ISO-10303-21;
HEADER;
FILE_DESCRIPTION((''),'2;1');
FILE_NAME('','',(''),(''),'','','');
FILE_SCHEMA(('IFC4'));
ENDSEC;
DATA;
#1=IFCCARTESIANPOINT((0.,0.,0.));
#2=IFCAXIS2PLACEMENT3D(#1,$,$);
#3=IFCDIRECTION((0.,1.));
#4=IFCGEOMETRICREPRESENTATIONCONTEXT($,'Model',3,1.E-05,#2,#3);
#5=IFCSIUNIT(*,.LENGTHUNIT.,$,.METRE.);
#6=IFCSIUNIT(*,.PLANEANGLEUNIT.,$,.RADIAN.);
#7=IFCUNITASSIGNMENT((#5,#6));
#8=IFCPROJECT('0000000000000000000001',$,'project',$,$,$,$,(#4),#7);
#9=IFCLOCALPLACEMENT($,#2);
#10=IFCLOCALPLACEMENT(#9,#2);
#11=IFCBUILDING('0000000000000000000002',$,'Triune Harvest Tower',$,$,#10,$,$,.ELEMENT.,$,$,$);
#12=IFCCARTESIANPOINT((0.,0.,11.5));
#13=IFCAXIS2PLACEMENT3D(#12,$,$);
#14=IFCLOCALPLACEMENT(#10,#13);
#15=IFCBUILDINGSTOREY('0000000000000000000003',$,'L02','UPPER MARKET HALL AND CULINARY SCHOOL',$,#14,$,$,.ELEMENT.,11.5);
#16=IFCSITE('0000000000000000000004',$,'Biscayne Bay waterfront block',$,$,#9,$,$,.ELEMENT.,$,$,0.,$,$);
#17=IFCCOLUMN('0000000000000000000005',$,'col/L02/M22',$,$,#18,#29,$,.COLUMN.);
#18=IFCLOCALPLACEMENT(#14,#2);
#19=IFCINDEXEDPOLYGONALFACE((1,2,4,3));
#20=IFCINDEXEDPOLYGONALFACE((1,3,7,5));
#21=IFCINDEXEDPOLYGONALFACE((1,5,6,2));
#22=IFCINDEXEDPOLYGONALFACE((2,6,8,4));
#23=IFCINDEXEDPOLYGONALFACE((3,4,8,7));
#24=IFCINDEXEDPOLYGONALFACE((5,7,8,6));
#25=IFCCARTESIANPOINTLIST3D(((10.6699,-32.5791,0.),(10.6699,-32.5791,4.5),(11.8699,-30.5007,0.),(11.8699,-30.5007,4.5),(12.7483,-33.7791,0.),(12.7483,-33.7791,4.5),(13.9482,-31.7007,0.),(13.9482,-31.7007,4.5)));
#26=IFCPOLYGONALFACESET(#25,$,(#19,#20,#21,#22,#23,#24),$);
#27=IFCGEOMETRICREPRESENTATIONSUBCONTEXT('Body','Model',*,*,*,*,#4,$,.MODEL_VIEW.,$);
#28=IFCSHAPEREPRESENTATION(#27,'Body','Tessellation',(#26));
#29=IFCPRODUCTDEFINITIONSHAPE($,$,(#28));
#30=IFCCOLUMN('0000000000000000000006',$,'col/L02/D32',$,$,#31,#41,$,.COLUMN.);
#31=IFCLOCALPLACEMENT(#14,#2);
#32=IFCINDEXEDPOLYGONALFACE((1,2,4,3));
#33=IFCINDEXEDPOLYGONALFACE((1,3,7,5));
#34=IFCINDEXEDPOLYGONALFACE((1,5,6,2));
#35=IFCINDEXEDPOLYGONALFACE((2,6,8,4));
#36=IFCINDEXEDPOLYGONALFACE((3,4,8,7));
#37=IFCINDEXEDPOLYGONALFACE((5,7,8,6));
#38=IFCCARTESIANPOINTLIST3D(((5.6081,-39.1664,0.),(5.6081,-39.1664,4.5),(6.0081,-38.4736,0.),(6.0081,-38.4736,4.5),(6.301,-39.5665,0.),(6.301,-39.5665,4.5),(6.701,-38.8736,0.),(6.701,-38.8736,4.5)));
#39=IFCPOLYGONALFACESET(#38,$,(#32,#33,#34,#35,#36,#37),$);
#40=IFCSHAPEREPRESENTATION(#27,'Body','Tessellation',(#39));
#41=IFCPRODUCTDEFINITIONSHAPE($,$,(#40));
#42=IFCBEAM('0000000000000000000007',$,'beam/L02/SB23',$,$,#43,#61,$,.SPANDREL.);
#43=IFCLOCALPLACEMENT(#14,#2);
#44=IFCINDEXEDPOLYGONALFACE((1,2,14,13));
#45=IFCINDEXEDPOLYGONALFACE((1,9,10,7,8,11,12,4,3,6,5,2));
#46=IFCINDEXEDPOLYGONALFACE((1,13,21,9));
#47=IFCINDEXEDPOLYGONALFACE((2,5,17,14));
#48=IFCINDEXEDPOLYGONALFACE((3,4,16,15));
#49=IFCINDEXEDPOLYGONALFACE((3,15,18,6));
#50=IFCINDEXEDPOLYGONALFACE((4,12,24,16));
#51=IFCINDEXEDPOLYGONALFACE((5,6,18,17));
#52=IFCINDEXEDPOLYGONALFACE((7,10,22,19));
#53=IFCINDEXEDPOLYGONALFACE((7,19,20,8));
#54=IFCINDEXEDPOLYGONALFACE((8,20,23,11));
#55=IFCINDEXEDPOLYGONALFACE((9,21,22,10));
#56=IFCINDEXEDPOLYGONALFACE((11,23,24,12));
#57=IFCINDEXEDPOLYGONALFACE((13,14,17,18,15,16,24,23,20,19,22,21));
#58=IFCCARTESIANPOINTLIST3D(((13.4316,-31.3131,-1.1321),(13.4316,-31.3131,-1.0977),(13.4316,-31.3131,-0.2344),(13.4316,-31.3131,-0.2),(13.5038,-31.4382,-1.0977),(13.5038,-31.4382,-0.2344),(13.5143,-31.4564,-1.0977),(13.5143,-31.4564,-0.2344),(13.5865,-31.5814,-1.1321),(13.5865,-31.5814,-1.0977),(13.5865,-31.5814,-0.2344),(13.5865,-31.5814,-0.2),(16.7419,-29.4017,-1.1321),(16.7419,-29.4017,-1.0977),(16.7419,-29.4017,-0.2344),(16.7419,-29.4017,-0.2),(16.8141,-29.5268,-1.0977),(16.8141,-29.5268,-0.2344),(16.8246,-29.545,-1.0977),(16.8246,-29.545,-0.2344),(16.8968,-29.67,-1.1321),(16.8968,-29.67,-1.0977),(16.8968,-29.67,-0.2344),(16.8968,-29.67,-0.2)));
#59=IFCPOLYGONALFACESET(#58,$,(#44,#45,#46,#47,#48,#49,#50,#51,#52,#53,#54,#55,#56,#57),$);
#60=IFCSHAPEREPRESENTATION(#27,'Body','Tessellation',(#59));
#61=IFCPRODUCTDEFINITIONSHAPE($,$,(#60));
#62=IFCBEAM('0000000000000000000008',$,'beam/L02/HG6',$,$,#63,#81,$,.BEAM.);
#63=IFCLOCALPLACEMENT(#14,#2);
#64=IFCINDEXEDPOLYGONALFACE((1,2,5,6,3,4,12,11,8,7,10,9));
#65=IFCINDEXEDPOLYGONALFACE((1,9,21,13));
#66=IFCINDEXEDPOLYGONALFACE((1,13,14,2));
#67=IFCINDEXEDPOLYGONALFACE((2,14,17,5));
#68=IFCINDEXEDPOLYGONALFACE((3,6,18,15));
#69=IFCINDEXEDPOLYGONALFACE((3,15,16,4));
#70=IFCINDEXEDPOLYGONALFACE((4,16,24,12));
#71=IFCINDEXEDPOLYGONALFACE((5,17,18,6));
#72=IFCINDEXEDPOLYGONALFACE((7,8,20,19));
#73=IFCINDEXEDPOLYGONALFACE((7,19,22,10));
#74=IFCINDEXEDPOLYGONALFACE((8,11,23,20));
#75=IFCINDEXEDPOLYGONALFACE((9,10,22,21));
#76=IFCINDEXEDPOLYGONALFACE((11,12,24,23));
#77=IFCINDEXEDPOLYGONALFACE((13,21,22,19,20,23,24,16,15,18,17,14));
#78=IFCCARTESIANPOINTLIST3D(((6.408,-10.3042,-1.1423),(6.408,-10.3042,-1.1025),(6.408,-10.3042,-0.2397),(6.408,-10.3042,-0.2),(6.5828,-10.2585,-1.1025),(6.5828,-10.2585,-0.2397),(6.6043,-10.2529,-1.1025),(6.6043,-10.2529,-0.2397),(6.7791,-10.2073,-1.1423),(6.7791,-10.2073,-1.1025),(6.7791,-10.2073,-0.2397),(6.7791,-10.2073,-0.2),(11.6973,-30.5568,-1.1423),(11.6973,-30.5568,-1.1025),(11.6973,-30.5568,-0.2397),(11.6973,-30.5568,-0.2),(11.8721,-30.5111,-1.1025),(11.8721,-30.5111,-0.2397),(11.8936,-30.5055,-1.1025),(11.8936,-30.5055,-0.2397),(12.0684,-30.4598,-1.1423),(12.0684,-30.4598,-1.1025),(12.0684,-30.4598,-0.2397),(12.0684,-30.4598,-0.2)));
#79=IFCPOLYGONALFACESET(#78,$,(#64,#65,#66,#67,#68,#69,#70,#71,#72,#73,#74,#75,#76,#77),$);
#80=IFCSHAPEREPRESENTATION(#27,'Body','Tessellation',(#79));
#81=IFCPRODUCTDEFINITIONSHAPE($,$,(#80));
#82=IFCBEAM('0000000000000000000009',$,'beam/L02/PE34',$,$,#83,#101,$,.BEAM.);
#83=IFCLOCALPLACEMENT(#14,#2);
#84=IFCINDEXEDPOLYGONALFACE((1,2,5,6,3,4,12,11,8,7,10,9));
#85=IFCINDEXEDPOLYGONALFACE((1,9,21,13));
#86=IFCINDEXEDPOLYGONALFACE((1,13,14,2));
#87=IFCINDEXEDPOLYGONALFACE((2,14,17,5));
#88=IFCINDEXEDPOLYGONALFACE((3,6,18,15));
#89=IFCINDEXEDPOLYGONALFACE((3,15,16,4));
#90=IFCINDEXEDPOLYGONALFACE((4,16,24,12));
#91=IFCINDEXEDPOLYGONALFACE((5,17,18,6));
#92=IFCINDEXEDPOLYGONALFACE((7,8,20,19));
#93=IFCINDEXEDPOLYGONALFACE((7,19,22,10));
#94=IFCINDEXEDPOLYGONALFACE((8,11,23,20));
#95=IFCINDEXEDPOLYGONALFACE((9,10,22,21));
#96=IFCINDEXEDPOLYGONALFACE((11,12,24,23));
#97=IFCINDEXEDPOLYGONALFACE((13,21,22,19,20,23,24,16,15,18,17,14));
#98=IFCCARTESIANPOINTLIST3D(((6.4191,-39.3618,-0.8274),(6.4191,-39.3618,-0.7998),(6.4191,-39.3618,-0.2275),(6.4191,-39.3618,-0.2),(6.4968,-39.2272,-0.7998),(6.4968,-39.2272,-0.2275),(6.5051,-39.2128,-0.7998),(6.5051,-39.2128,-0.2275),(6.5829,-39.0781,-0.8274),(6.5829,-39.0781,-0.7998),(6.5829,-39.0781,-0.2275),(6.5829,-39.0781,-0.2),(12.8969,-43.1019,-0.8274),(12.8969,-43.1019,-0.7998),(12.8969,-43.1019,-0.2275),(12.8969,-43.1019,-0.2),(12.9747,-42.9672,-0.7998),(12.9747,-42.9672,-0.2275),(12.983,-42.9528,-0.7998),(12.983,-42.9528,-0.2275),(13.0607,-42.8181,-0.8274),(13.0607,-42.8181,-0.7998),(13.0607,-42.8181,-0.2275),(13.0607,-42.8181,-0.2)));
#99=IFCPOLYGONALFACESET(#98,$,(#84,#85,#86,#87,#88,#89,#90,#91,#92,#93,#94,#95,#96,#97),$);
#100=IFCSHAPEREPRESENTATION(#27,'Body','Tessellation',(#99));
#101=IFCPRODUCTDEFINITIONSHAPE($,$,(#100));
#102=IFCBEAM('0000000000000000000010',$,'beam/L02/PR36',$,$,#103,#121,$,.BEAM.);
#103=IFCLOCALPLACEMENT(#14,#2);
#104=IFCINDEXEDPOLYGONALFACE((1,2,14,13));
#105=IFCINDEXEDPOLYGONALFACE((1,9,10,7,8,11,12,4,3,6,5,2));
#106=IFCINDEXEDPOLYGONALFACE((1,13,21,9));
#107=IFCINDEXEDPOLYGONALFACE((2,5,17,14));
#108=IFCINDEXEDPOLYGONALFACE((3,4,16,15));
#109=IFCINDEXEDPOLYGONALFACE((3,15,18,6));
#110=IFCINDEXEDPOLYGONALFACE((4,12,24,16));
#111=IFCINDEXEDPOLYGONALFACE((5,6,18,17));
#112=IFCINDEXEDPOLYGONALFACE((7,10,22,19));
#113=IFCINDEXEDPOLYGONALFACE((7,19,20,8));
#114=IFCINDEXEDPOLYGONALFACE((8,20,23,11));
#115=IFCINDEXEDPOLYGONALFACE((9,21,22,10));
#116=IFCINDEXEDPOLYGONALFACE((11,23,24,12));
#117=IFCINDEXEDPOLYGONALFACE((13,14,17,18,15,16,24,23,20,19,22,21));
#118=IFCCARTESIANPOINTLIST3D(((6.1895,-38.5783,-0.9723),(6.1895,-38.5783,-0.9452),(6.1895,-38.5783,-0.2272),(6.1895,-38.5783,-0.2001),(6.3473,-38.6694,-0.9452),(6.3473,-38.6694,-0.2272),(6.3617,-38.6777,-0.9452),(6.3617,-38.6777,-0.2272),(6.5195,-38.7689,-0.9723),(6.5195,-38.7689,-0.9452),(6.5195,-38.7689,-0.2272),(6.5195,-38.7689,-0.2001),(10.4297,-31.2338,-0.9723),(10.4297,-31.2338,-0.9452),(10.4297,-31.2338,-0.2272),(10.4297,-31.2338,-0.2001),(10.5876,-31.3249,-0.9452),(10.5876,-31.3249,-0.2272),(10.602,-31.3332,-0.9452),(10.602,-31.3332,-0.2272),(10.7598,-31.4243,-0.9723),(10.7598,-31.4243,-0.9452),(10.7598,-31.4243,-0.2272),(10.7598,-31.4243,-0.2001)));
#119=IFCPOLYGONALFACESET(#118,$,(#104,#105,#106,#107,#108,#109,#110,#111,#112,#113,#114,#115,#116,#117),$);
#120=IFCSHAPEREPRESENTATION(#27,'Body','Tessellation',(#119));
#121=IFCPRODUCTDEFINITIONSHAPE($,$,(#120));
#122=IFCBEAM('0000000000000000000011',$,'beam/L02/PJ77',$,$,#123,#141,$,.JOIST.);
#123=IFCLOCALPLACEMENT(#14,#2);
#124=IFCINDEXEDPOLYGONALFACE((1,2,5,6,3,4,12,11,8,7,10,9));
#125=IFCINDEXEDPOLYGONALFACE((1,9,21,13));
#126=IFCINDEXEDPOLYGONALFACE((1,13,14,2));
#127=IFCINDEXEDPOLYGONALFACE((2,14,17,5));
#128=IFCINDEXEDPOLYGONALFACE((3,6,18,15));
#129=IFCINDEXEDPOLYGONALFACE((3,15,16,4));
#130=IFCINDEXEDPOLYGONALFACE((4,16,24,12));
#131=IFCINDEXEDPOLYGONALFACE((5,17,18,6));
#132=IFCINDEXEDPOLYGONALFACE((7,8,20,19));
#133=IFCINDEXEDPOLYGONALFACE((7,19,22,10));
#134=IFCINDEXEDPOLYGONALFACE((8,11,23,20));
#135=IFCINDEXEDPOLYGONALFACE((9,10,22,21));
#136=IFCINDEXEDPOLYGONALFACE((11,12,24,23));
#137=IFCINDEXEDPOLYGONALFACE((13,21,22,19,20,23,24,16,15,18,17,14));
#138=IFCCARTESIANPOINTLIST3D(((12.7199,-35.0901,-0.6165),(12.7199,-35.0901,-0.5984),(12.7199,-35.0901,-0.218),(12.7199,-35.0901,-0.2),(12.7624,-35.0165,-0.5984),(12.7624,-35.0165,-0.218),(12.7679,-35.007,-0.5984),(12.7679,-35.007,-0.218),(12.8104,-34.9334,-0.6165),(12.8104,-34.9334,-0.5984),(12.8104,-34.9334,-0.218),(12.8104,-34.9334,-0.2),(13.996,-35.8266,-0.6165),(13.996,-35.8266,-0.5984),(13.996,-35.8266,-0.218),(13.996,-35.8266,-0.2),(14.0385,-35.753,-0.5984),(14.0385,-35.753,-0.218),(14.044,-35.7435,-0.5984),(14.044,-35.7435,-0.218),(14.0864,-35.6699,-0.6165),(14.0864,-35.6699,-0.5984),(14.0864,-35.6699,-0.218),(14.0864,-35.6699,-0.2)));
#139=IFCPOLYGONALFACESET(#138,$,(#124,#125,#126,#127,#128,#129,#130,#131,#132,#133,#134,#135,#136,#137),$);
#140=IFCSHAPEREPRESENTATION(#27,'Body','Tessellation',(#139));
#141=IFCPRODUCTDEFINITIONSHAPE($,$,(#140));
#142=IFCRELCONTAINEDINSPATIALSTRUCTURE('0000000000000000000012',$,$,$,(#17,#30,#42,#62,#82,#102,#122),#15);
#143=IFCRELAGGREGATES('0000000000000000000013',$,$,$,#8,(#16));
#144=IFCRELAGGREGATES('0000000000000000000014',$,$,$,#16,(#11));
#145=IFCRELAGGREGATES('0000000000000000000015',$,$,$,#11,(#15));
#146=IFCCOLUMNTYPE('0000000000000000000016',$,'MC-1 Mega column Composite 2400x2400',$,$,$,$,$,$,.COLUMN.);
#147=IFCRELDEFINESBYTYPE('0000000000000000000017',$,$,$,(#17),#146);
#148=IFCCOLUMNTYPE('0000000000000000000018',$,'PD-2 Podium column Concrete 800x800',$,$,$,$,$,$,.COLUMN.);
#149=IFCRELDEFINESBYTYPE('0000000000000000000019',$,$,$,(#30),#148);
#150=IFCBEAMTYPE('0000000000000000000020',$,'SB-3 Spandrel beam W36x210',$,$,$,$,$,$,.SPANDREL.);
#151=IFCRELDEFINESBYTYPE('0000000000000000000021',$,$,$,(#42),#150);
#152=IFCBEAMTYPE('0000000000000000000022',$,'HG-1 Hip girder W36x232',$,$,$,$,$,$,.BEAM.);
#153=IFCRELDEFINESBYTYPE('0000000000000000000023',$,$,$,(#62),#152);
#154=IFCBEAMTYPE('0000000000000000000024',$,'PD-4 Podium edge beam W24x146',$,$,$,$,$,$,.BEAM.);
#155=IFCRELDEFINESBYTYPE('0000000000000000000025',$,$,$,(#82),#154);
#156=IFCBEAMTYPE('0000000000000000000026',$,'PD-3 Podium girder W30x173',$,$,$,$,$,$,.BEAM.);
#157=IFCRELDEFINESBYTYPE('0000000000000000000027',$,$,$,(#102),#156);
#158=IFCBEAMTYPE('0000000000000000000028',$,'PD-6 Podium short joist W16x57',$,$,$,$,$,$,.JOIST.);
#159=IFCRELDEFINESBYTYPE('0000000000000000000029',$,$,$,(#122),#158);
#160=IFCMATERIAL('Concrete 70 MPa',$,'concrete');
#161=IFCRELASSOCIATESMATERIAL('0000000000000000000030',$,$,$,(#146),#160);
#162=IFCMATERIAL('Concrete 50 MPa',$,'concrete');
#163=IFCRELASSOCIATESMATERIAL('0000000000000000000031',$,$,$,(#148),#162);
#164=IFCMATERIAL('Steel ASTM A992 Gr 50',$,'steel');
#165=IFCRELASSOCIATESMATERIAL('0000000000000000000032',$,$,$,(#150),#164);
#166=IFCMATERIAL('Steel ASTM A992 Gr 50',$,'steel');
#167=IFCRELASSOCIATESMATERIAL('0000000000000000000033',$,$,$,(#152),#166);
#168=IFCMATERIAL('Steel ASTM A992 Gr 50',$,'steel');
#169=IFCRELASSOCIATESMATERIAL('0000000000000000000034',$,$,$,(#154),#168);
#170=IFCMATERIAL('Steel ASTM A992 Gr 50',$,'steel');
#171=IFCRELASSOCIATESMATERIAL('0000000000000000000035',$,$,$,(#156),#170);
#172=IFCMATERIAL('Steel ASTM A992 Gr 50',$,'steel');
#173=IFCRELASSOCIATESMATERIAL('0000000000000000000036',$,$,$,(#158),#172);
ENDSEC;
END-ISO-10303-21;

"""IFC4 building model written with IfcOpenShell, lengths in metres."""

from ifc_helpers import new_model, si_unit, direction, frame, origin, origin_2d, place, context, subcontext, project, spatial, rectangle, i_section, extrude, source, transform, mapped, material, material_profile, profile_set, type_object, element, save


model = new_model("IFC4")

# Units and contexts
model_context = context("Model", 3, precision=1e-05, world=origin(), true_north=direction((0.0, 1.0)))
body_context = subcontext(model_context, "Body", "Model", "MODEL_VIEW")
ifc_project = project(units=[si_unit("LENGTHUNIT", "METRE"), si_unit("PLANEANGLEUNIT", "RADIAN")], contexts=[model_context])

# Site, building, storey
site_placement = place(None, origin())
site = spatial("IfcSite", under=ifc_project, at=site_placement, Name="Biscayne Bay waterfront block", CompositionType="ELEMENT", RefElevation=0.0)
building_placement = place(site_placement, origin())
building = spatial("IfcBuilding", under=site, at=building_placement, Name="Triune Harvest Tower", CompositionType="ELEMENT")
storey_placement = place(building_placement, frame((0.0, 0.0, 11.5)))
storey = spatial("IfcBuildingStorey", under=building, at=storey_placement, Name="L02", Description="UPPER MARKET HALL AND CULINARY SCHOOL", CompositionType="ELEMENT", Elevation=11.5)

# Columns
ifc_material_1 = material(Name="Concrete 70 MPa", Category="concrete")
ifc_material_profile_1 = material_profile(ifc_material_1, rectangle(XDim=2.3999, YDim=2.3999, at=origin_2d()), Name="Composite 2400x2400")
ifc_profile_set_1 = profile_set([ifc_material_profile_1], Name="Concrete 70 MPa")
column_type_1 = type_object("IfcColumnType", Name="MC-1 Mega column Composite 2400x2400", PredefinedType="COLUMN", material=ifc_profile_set_1)
shared_shape_1 = source(origin(), body_context, "Body", "SweptSolid", [
    extrude(rectangle(XDim=2.3999, YDim=2.3999, at=origin_2d()), origin(), (0.0, 0.0, 1.0), 4.5),
])
column_1_placement = place(storey_placement, frame((12.3091, -32.1399, 0.0), z_axis=(0.0, 0.0, 1.0), x_axis=(0.866025, -0.5, 0.0)))
element("IfcColumn", 1, at=column_1_placement, inside=storey, type_object=column_type_1, Name="col/L02/M22", PredefinedType="COLUMN", context=body_context, shape_type="MappedRepresentation", body=[
    mapped(shared_shape_1, transform((0.0, 0.0, 0.0), scale=1.0)),
])
ifc_material_2 = material(Name="Concrete 50 MPa", Category="concrete")
ifc_material_profile_2 = material_profile(ifc_material_2, rectangle(XDim=0.8, YDim=0.8, at=origin_2d()), Name="Concrete 800x800")
ifc_profile_set_2 = profile_set([ifc_material_profile_2], Name="Concrete 50 MPa")
column_type_2 = type_object("IfcColumnType", Name="PD-2 Podium column Concrete 800x800", PredefinedType="COLUMN", material=ifc_profile_set_2)
shared_shape_2 = source(origin(), body_context, "Body", "SweptSolid", [
    extrude(rectangle(XDim=0.8, YDim=0.8, at=origin_2d()), origin(), (0.0, 0.0, 1.0), 4.5),
])
column_2_placement = place(storey_placement, frame((6.1545, -39.02, 0.0), z_axis=(0.0, 0.0, 1.0), x_axis=(0.866025, -0.5, 0.0)))
element("IfcColumn", 2, at=column_2_placement, inside=storey, type_object=column_type_2, Name="col/L02/D32", PredefinedType="COLUMN", context=body_context, shape_type="MappedRepresentation", body=[
    mapped(shared_shape_2, transform((0.0, 0.0, 0.0), scale=1.0)),
])

# Beams
ifc_material_3 = material(Name="Steel ASTM A992 Gr 50", Category="steel")
ifc_material_profile_3 = material_profile(ifc_material_3, i_section(OverallWidth=0.3098, OverallDepth=0.9321, WebThickness=0.021, FlangeThickness=0.0344, at=origin_2d()), Name="W36x210")
ifc_profile_set_3 = profile_set([ifc_material_profile_3], Name="Steel ASTM A992 Gr 50")
beam_type_1 = type_object("IfcBeamType", Name="SB-3 Spandrel beam W36x210", PredefinedType="SPANDREL", material=ifc_profile_set_3)
shared_shape_3 = source(origin(), body_context, "Body", "SweptSolid", [
    extrude(i_section(OverallWidth=0.3098, OverallDepth=0.9321, WebThickness=0.021, FlangeThickness=0.0344, at=origin_2d()), origin(), (0.0, 0.0, 1.0), 3.8225),
])
beam_1_placement = place(storey_placement, frame((13.509, -31.4473, -0.666), z_axis=(0.866006, 0.500034, 0.0), x_axis=(-0.500034, 0.866006, 0.0)))
element("IfcBeam", 3, at=beam_1_placement, inside=storey, type_object=beam_type_1, Name="beam/L02/SB23", PredefinedType="SPANDREL", context=body_context, shape_type="MappedRepresentation", body=[
    mapped(shared_shape_3, transform((0.0, 0.0, 0.0), scale=1.0)),
])
ifc_material_4 = material(Name="Steel ASTM A992 Gr 50", Category="steel")
ifc_material_profile_4 = material_profile(ifc_material_4, i_section(OverallWidth=0.3835, OverallDepth=0.9424, WebThickness=0.0222, FlangeThickness=0.0398, at=origin_2d()), Name="W36x232")
ifc_profile_set_4 = profile_set([ifc_material_profile_4], Name="Steel ASTM A992 Gr 50")
beam_type_2 = type_object("IfcBeamType", Name="HG-1 Hip girder W36x232", PredefinedType="BEAM", material=ifc_profile_set_4)
shared_shape_4 = source(origin(), body_context, "Body", "SweptSolid", [
    extrude(i_section(OverallWidth=0.3835, OverallDepth=0.9424, WebThickness=0.0222, FlangeThickness=0.0398, at=origin_2d()), origin(), (0.0, 0.0, 1.0), 20.9319),
])
beam_2_placement = place(storey_placement, frame((11.8828, -30.5083, -0.6711), z_axis=(-0.25269, 0.967547, 0.0), x_axis=(-0.967547, -0.25269, 0.0)))
element("IfcBeam", 4, at=beam_2_placement, inside=storey, type_object=beam_type_2, Name="beam/L02/HG6", PredefinedType="BEAM", context=body_context, shape_type="MappedRepresentation", body=[
    mapped(shared_shape_4, transform((0.0, 0.0, 0.0), scale=1.0)),
])
ifc_material_5 = material(Name="Steel ASTM A992 Gr 50", Category="steel")
ifc_material_profile_5 = material_profile(ifc_material_5, i_section(OverallWidth=0.3276, OverallDepth=0.6274, WebThickness=0.0166, FlangeThickness=0.0276, at=origin_2d()), Name="W24x146")
ifc_profile_set_5 = profile_set([ifc_material_profile_5], Name="Steel ASTM A992 Gr 50")
beam_type_3 = type_object("IfcBeamType", Name="PD-4 Podium edge beam W24x146", PredefinedType="BEAM", material=ifc_profile_set_5)
shared_shape_5 = source(origin(), body_context, "Body", "SweptSolid", [
    extrude(i_section(OverallWidth=0.3276, OverallDepth=0.6274, WebThickness=0.0166, FlangeThickness=0.0276, at=origin_2d()), origin(), (0.0, 0.0, 1.0), 7.48),
])
beam_3_placement = place(storey_placement, frame((6.501, -39.22, -0.5137), z_axis=(0.866023, -0.500004, 0.0), x_axis=(0.500004, 0.866023, 0.0)))
element("IfcBeam", 5, at=beam_3_placement, inside=storey, type_object=beam_type_3, Name="beam/L02/PE34", PredefinedType="BEAM", context=body_context, shape_type="MappedRepresentation", body=[
    mapped(shared_shape_5, transform((0.0, 0.0, 0.0), scale=1.0)),
])
ifc_material_6 = material(Name="Steel ASTM A992 Gr 50", Category="steel")
ifc_material_profile_6 = material_profile(ifc_material_6, i_section(OverallWidth=0.3811, OverallDepth=0.7722, WebThickness=0.0166, FlangeThickness=0.0271, at=origin_2d()), Name="W30x173")
ifc_profile_set_6 = profile_set([ifc_material_profile_6], Name="Steel ASTM A992 Gr 50")
beam_type_4 = type_object("IfcBeamType", Name="PD-3 Podium girder W30x173", PredefinedType="BEAM", material=ifc_profile_set_6)
shared_shape_6 = source(origin(), body_context, "Body", "SweptSolid", [
    extrude(i_section(OverallWidth=0.3811, OverallDepth=0.7722, WebThickness=0.0166, FlangeThickness=0.0271, at=origin_2d()), origin(), (0.0, 0.0, 1.0), 8.4807),
])
beam_4_placement = place(storey_placement, frame((6.3545, -38.6736, -0.5862), z_axis=(0.499991, 0.866031, 0.0), x_axis=(-0.866031, 0.499991, 0.0)))
element("IfcBeam", 6, at=beam_4_placement, inside=storey, type_object=beam_type_4, Name="beam/L02/PR36", PredefinedType="BEAM", context=body_context, shape_type="MappedRepresentation", body=[
    mapped(shared_shape_6, transform((0.0, 0.0, 0.0), scale=1.0)),
])
ifc_material_7 = material(Name="Steel ASTM A992 Gr 50", Category="steel")
ifc_material_profile_7 = material_profile(ifc_material_7, i_section(OverallWidth=0.1809, OverallDepth=0.4165, WebThickness=0.011, FlangeThickness=0.0181, at=origin_2d()), Name="W16x57")
ifc_profile_set_7 = profile_set([ifc_material_profile_7], Name="Steel ASTM A992 Gr 50")
beam_type_5 = type_object("IfcBeamType", Name="PD-6 Podium short joist W16x57", PredefinedType="JOIST", material=ifc_profile_set_7)
shared_shape_7 = source(origin(), body_context, "Body", "SweptSolid", [
    extrude(i_section(OverallWidth=0.1809, OverallDepth=0.4165, WebThickness=0.011, FlangeThickness=0.0181, at=origin_2d()), origin(), (0.0, 0.0, 1.0), 1.4734),
])
beam_5_placement = place(storey_placement, frame((12.7651, -35.0117, -0.4082), z_axis=(0.866084, -0.499899, 0.0), x_axis=(0.499899, 0.866084, 0.0)))
element("IfcBeam", 7, at=beam_5_placement, inside=storey, type_object=beam_type_5, Name="beam/L02/PJ77", PredefinedType="JOIST", context=body_context, shape_type="MappedRepresentation", body=[
    mapped(shared_shape_7, transform((0.0, 0.0, 0.0), scale=1.0)),
])

save(model, "model.ifc")
